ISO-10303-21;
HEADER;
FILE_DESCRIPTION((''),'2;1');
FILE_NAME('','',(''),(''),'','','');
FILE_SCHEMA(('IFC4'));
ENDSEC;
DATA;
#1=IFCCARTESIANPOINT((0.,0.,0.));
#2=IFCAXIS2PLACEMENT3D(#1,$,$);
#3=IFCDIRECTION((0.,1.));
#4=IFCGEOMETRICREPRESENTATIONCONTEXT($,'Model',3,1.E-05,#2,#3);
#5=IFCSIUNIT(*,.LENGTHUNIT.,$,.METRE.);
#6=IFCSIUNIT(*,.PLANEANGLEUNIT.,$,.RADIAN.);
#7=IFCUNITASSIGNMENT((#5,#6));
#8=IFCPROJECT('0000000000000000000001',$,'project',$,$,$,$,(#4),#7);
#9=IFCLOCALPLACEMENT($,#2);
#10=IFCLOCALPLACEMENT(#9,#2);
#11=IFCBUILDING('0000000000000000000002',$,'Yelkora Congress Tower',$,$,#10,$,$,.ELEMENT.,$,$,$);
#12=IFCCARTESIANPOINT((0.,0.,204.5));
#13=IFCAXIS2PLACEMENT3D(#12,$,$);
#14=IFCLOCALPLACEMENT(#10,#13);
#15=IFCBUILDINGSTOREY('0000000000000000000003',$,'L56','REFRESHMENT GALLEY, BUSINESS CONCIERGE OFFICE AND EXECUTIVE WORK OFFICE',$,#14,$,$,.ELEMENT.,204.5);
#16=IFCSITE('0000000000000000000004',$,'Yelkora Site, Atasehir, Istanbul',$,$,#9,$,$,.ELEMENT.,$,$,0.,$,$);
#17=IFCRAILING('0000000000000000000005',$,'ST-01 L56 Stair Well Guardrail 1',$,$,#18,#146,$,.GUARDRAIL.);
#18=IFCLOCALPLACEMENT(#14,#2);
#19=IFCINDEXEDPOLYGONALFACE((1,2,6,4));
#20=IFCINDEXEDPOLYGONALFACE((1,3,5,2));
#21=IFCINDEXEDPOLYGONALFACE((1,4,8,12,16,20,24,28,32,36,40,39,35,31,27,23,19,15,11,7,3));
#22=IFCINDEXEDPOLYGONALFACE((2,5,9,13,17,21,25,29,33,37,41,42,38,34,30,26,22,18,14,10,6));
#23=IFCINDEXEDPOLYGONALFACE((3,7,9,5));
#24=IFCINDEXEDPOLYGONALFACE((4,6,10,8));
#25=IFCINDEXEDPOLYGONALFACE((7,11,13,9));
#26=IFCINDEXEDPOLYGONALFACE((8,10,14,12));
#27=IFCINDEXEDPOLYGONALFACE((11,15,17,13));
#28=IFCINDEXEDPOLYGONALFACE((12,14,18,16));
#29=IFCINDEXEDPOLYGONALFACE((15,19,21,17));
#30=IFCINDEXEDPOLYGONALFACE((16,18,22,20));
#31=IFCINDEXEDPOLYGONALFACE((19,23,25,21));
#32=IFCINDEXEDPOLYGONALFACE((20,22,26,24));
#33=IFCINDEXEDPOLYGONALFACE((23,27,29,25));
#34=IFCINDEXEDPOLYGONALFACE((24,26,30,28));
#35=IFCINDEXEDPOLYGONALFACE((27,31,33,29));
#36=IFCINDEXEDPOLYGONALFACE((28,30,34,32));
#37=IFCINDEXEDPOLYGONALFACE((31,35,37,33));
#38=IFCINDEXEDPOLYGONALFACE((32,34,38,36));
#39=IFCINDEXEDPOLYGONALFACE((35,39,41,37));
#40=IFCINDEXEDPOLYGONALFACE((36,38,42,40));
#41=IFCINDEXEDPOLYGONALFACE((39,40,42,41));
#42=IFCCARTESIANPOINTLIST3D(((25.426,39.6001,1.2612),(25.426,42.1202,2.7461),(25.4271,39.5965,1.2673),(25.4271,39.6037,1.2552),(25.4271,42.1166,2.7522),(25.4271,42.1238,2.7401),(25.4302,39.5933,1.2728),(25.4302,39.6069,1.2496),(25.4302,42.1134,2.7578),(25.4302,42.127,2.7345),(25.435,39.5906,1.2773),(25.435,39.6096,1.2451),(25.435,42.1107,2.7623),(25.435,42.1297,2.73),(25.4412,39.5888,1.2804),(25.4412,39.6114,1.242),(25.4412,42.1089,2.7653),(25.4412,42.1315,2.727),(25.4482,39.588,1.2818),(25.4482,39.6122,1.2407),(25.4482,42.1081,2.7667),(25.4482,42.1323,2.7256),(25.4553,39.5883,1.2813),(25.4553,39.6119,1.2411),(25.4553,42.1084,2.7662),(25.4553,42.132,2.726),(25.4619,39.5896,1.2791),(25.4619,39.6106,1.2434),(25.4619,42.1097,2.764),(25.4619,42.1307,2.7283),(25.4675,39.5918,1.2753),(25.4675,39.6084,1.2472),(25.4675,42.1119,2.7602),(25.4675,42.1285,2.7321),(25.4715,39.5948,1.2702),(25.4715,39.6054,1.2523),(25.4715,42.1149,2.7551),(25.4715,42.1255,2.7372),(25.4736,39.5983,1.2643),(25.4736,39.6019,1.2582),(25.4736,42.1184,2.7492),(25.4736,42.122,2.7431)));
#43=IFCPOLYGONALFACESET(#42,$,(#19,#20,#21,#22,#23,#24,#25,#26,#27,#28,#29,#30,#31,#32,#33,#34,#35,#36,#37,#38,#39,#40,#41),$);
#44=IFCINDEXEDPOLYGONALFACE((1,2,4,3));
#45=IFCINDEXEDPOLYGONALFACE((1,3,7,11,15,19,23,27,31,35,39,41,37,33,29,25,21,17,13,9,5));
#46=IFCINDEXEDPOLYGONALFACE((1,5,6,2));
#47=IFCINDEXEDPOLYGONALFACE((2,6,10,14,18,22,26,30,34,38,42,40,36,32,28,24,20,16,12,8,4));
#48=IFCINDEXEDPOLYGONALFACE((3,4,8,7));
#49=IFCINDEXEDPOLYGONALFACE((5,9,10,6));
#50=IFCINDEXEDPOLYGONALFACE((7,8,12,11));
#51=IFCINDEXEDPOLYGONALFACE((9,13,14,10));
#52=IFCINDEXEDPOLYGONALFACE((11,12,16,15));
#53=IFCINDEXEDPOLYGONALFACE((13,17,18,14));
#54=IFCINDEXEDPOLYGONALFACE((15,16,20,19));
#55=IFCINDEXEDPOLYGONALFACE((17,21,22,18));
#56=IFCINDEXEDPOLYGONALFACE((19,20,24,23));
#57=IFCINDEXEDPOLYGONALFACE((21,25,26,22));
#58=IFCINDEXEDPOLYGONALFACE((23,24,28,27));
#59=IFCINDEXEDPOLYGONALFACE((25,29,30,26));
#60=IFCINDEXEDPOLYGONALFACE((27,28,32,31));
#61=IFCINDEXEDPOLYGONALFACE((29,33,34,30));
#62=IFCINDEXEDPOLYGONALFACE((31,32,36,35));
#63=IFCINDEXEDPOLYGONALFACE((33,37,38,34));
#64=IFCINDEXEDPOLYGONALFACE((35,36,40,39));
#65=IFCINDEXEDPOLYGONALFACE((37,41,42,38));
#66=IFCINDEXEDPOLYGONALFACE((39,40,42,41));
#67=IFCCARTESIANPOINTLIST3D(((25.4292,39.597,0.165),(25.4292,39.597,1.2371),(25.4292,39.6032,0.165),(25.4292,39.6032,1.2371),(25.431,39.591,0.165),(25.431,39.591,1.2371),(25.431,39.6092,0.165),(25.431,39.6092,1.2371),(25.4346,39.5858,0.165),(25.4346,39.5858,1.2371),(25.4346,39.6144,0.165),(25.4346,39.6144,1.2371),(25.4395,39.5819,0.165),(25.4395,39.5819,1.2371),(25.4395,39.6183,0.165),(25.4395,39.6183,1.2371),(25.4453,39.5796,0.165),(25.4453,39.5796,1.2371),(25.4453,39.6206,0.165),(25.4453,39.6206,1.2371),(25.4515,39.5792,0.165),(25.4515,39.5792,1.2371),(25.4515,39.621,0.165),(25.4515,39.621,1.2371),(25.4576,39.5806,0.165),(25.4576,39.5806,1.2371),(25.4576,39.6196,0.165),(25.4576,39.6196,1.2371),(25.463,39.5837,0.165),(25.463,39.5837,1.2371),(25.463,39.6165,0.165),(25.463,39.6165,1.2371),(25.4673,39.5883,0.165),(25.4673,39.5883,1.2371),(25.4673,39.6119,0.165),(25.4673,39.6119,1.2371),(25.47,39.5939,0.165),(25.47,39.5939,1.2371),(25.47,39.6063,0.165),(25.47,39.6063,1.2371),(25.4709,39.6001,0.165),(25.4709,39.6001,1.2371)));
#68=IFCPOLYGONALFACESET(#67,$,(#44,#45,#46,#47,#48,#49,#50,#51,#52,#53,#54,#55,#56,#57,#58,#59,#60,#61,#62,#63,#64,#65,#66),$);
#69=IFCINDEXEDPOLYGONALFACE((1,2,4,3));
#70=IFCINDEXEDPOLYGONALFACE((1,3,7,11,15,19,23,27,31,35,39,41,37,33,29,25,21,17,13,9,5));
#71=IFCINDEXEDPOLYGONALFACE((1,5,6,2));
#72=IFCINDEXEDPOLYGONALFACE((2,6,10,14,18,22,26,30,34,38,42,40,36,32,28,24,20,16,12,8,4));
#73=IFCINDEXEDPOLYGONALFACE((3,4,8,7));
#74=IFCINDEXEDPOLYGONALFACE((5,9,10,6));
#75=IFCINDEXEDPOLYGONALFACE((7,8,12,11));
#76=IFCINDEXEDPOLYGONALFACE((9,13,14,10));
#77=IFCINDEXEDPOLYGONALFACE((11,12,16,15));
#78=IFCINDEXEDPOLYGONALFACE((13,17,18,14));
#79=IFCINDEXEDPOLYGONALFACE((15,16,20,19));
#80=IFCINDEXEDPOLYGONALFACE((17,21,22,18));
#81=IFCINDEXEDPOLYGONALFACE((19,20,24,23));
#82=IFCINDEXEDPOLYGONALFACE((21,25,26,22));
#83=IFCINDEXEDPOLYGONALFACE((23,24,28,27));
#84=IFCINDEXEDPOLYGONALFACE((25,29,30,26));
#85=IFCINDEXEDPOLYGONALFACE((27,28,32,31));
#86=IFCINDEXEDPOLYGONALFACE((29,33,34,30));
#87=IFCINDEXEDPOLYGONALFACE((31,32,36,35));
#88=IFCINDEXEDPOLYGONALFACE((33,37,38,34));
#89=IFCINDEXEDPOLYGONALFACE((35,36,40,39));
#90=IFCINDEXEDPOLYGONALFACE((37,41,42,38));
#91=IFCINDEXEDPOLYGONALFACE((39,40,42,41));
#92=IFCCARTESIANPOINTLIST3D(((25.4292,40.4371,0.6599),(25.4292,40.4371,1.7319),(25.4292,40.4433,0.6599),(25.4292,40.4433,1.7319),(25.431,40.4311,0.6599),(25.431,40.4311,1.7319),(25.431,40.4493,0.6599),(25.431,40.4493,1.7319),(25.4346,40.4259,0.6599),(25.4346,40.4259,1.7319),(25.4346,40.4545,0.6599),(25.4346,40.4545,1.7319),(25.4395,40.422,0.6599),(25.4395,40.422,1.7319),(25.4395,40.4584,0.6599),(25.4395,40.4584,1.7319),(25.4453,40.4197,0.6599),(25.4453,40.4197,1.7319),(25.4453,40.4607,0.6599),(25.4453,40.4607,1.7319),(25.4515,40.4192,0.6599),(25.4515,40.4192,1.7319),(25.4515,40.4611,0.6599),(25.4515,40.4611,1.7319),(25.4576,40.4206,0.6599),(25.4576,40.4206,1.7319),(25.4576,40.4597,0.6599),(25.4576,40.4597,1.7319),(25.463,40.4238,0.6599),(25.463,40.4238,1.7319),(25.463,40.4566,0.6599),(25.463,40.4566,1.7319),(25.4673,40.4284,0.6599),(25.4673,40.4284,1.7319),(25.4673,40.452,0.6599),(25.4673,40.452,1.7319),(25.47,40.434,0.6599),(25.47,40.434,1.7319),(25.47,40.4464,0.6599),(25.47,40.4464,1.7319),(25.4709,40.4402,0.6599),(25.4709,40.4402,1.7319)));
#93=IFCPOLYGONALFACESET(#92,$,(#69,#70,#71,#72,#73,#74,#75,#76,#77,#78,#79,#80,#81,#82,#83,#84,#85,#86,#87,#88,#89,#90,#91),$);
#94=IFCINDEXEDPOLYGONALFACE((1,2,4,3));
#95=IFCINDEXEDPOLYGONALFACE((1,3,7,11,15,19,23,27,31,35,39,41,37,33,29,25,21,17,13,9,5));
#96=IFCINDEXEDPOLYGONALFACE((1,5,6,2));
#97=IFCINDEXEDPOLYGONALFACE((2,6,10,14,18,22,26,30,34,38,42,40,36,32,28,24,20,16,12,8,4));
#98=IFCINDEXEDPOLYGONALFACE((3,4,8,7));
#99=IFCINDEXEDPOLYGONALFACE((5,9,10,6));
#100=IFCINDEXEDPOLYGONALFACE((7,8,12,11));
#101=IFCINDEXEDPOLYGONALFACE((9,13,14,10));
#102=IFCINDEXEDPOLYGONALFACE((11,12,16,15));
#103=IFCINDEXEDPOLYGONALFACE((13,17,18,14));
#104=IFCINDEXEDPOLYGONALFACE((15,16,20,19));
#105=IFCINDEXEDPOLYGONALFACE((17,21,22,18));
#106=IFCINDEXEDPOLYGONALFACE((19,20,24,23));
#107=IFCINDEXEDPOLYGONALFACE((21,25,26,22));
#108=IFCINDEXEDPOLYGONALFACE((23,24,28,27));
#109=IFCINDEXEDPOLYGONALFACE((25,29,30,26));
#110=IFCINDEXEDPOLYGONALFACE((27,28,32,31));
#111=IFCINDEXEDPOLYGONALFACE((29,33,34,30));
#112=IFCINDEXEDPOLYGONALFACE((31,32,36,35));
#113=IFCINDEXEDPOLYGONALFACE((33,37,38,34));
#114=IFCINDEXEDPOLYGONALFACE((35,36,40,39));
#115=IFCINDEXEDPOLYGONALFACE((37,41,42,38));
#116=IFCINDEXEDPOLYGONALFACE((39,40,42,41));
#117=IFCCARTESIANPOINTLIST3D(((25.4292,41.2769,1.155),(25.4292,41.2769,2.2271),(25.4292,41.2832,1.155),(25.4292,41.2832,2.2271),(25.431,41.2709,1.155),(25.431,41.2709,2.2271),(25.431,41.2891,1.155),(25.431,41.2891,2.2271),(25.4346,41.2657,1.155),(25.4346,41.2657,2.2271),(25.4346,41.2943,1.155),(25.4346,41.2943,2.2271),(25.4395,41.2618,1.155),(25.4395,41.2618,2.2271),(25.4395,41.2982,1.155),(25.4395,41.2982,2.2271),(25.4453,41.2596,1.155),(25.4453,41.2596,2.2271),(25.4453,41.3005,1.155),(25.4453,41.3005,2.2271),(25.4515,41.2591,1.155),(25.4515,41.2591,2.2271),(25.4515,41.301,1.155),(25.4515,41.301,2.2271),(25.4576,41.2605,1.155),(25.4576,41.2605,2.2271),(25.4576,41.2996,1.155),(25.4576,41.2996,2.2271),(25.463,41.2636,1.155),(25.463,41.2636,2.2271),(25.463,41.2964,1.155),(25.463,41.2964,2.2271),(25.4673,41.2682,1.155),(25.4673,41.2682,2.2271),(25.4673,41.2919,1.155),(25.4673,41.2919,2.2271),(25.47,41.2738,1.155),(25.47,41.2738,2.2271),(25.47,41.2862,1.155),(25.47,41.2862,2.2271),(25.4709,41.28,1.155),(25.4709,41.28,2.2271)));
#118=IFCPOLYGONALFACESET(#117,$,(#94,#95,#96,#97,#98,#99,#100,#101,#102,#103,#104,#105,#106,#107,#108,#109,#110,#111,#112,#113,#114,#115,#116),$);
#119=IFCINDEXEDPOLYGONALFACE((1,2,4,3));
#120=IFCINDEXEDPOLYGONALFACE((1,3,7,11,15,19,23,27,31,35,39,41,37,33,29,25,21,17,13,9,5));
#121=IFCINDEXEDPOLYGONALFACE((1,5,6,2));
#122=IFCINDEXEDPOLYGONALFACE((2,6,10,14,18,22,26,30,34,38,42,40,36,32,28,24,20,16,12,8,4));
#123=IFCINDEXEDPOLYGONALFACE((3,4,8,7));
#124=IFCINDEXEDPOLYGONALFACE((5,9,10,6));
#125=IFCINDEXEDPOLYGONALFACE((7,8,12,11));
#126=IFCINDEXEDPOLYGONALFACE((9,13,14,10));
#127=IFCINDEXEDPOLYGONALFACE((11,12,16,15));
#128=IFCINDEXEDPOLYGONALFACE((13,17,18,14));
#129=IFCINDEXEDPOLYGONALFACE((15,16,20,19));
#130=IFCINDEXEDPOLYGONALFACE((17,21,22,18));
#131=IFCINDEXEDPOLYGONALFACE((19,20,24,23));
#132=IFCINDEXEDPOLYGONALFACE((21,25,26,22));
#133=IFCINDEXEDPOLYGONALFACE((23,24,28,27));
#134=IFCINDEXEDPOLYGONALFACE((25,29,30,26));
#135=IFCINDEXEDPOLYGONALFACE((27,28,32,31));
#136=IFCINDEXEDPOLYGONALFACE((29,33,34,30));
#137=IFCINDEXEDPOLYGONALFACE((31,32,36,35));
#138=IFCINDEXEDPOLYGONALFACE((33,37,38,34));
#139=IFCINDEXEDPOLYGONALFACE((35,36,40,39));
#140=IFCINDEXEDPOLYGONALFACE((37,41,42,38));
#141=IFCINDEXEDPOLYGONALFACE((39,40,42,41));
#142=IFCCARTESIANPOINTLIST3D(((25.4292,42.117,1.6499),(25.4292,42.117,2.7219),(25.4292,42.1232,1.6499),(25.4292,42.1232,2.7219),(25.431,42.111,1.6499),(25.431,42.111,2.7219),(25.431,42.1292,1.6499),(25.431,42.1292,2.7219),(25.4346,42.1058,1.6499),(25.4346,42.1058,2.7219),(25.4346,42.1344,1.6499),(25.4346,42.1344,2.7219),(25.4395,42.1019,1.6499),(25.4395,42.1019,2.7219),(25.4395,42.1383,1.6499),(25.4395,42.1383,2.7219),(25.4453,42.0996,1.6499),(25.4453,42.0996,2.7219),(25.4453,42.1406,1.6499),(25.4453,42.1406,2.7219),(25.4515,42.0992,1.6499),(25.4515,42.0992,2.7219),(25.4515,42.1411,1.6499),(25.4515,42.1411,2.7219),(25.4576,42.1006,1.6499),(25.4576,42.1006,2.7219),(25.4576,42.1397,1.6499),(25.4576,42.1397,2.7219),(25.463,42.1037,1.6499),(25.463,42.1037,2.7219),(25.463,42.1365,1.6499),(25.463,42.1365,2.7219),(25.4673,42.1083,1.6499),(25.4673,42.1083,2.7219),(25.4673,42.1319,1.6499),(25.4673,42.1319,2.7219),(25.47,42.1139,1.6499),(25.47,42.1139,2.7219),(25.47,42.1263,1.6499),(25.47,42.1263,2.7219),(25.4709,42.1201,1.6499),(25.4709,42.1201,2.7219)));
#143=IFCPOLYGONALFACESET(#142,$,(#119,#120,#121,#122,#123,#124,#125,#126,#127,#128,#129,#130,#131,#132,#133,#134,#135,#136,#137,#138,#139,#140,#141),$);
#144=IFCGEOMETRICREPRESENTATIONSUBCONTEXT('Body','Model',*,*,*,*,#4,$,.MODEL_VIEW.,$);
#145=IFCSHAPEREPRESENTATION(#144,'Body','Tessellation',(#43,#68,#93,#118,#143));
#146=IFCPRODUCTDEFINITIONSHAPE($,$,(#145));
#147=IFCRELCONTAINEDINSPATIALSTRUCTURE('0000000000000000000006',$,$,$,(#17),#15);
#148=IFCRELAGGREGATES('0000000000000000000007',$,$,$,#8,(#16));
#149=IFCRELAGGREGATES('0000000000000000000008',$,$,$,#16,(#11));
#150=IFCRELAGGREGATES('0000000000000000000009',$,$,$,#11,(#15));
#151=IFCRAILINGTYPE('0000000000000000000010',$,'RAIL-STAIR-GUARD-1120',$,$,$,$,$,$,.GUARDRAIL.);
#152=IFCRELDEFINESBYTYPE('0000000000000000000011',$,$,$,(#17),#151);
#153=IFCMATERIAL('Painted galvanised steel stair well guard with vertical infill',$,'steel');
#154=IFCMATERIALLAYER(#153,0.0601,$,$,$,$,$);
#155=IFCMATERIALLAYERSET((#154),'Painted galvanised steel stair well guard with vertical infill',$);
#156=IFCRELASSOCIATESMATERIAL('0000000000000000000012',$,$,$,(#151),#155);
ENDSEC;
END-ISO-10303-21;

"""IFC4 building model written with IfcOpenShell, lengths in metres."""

from ifc_helpers import new_model, si_unit, direction, frame, origin, origin_2d, place, context, subcontext, project, spatial, circle, extrude, material, layer, layer_set, type_object, element, save


model = new_model("IFC4")

# Units and contexts
model_context = context("Model", 3, precision=1e-05, world=origin(), true_north=direction((0.0, 1.0)))
body_context = subcontext(model_context, "Body", "Model", "MODEL_VIEW")
ifc_project = project(units=[si_unit("LENGTHUNIT", "METRE"), si_unit("PLANEANGLEUNIT", "RADIAN")], contexts=[model_context])

# Site, building, storey
site_placement = place(None, origin())
site = spatial("IfcSite", under=ifc_project, at=site_placement, Name="Yelkora Site, Atasehir, Istanbul", CompositionType="ELEMENT", RefElevation=0.0)
building_placement = place(site_placement, origin())
building = spatial("IfcBuilding", under=site, at=building_placement, Name="Yelkora Congress Tower", CompositionType="ELEMENT")
storey_placement = place(building_placement, frame((0.0, 0.0, 204.5)))
storey = spatial("IfcBuildingStorey", under=building, at=storey_placement, Name="L56", Description="REFRESHMENT GALLEY, BUSINESS CONCIERGE OFFICE AND EXECUTIVE WORK OFFICE", CompositionType="ELEMENT", Elevation=204.5)

# Railing
ifc_material_1 = material(Name="Painted galvanised steel stair well guard with vertical infill", Category="steel")
ifc_layer_1 = layer(ifc_material_1, 0.0601)
ifc_layer_set_1 = layer_set([ifc_layer_1], Name="Painted galvanised steel stair well guard with vertical infill")
railing_type_1 = type_object("IfcRailingType", Name="RAIL-STAIR-GUARD-1120", PredefinedType="GUARDRAIL", material=ifc_layer_set_1)
railing_1_placement = place(storey_placement, frame((25.45, 39.6001, 0.165)))
element("IfcRailing", 1, at=railing_1_placement, inside=storey, type_object=railing_type_1, Name="ST-01 L56 Stair Well Guardrail 1", PredefinedType="GUARDRAIL", context=body_context, shape_type="SweptSolid", body=[
    extrude(circle(Radius=0.0239, at=origin_2d()), frame((0.0, 0.0, 1.0962), z_axis=(0.0, 0.861561, 0.507655), x_axis=(-1.0, 0.0, 0.0)), (0.0, 0.0, 1.0), 2.925),
    extrude(circle(Radius=0.021, at=origin_2d()), origin(), (0.0, 0.0, 1.0), 1.072),
    extrude(circle(Radius=0.021, at=origin_2d()), frame((0.0, 0.8401, 0.4949)), (0.0, 0.0, 1.0), 1.072),
    extrude(circle(Radius=0.021, at=origin_2d()), frame((0.0, 1.6799, 0.99)), (0.0, 0.0, 1.0), 1.072),
    extrude(circle(Radius=0.021, at=origin_2d()), frame((0.0, 2.52, 1.4849)), (0.0, 0.0, 1.0), 1.072),
])

save(model, "model.ifc")
